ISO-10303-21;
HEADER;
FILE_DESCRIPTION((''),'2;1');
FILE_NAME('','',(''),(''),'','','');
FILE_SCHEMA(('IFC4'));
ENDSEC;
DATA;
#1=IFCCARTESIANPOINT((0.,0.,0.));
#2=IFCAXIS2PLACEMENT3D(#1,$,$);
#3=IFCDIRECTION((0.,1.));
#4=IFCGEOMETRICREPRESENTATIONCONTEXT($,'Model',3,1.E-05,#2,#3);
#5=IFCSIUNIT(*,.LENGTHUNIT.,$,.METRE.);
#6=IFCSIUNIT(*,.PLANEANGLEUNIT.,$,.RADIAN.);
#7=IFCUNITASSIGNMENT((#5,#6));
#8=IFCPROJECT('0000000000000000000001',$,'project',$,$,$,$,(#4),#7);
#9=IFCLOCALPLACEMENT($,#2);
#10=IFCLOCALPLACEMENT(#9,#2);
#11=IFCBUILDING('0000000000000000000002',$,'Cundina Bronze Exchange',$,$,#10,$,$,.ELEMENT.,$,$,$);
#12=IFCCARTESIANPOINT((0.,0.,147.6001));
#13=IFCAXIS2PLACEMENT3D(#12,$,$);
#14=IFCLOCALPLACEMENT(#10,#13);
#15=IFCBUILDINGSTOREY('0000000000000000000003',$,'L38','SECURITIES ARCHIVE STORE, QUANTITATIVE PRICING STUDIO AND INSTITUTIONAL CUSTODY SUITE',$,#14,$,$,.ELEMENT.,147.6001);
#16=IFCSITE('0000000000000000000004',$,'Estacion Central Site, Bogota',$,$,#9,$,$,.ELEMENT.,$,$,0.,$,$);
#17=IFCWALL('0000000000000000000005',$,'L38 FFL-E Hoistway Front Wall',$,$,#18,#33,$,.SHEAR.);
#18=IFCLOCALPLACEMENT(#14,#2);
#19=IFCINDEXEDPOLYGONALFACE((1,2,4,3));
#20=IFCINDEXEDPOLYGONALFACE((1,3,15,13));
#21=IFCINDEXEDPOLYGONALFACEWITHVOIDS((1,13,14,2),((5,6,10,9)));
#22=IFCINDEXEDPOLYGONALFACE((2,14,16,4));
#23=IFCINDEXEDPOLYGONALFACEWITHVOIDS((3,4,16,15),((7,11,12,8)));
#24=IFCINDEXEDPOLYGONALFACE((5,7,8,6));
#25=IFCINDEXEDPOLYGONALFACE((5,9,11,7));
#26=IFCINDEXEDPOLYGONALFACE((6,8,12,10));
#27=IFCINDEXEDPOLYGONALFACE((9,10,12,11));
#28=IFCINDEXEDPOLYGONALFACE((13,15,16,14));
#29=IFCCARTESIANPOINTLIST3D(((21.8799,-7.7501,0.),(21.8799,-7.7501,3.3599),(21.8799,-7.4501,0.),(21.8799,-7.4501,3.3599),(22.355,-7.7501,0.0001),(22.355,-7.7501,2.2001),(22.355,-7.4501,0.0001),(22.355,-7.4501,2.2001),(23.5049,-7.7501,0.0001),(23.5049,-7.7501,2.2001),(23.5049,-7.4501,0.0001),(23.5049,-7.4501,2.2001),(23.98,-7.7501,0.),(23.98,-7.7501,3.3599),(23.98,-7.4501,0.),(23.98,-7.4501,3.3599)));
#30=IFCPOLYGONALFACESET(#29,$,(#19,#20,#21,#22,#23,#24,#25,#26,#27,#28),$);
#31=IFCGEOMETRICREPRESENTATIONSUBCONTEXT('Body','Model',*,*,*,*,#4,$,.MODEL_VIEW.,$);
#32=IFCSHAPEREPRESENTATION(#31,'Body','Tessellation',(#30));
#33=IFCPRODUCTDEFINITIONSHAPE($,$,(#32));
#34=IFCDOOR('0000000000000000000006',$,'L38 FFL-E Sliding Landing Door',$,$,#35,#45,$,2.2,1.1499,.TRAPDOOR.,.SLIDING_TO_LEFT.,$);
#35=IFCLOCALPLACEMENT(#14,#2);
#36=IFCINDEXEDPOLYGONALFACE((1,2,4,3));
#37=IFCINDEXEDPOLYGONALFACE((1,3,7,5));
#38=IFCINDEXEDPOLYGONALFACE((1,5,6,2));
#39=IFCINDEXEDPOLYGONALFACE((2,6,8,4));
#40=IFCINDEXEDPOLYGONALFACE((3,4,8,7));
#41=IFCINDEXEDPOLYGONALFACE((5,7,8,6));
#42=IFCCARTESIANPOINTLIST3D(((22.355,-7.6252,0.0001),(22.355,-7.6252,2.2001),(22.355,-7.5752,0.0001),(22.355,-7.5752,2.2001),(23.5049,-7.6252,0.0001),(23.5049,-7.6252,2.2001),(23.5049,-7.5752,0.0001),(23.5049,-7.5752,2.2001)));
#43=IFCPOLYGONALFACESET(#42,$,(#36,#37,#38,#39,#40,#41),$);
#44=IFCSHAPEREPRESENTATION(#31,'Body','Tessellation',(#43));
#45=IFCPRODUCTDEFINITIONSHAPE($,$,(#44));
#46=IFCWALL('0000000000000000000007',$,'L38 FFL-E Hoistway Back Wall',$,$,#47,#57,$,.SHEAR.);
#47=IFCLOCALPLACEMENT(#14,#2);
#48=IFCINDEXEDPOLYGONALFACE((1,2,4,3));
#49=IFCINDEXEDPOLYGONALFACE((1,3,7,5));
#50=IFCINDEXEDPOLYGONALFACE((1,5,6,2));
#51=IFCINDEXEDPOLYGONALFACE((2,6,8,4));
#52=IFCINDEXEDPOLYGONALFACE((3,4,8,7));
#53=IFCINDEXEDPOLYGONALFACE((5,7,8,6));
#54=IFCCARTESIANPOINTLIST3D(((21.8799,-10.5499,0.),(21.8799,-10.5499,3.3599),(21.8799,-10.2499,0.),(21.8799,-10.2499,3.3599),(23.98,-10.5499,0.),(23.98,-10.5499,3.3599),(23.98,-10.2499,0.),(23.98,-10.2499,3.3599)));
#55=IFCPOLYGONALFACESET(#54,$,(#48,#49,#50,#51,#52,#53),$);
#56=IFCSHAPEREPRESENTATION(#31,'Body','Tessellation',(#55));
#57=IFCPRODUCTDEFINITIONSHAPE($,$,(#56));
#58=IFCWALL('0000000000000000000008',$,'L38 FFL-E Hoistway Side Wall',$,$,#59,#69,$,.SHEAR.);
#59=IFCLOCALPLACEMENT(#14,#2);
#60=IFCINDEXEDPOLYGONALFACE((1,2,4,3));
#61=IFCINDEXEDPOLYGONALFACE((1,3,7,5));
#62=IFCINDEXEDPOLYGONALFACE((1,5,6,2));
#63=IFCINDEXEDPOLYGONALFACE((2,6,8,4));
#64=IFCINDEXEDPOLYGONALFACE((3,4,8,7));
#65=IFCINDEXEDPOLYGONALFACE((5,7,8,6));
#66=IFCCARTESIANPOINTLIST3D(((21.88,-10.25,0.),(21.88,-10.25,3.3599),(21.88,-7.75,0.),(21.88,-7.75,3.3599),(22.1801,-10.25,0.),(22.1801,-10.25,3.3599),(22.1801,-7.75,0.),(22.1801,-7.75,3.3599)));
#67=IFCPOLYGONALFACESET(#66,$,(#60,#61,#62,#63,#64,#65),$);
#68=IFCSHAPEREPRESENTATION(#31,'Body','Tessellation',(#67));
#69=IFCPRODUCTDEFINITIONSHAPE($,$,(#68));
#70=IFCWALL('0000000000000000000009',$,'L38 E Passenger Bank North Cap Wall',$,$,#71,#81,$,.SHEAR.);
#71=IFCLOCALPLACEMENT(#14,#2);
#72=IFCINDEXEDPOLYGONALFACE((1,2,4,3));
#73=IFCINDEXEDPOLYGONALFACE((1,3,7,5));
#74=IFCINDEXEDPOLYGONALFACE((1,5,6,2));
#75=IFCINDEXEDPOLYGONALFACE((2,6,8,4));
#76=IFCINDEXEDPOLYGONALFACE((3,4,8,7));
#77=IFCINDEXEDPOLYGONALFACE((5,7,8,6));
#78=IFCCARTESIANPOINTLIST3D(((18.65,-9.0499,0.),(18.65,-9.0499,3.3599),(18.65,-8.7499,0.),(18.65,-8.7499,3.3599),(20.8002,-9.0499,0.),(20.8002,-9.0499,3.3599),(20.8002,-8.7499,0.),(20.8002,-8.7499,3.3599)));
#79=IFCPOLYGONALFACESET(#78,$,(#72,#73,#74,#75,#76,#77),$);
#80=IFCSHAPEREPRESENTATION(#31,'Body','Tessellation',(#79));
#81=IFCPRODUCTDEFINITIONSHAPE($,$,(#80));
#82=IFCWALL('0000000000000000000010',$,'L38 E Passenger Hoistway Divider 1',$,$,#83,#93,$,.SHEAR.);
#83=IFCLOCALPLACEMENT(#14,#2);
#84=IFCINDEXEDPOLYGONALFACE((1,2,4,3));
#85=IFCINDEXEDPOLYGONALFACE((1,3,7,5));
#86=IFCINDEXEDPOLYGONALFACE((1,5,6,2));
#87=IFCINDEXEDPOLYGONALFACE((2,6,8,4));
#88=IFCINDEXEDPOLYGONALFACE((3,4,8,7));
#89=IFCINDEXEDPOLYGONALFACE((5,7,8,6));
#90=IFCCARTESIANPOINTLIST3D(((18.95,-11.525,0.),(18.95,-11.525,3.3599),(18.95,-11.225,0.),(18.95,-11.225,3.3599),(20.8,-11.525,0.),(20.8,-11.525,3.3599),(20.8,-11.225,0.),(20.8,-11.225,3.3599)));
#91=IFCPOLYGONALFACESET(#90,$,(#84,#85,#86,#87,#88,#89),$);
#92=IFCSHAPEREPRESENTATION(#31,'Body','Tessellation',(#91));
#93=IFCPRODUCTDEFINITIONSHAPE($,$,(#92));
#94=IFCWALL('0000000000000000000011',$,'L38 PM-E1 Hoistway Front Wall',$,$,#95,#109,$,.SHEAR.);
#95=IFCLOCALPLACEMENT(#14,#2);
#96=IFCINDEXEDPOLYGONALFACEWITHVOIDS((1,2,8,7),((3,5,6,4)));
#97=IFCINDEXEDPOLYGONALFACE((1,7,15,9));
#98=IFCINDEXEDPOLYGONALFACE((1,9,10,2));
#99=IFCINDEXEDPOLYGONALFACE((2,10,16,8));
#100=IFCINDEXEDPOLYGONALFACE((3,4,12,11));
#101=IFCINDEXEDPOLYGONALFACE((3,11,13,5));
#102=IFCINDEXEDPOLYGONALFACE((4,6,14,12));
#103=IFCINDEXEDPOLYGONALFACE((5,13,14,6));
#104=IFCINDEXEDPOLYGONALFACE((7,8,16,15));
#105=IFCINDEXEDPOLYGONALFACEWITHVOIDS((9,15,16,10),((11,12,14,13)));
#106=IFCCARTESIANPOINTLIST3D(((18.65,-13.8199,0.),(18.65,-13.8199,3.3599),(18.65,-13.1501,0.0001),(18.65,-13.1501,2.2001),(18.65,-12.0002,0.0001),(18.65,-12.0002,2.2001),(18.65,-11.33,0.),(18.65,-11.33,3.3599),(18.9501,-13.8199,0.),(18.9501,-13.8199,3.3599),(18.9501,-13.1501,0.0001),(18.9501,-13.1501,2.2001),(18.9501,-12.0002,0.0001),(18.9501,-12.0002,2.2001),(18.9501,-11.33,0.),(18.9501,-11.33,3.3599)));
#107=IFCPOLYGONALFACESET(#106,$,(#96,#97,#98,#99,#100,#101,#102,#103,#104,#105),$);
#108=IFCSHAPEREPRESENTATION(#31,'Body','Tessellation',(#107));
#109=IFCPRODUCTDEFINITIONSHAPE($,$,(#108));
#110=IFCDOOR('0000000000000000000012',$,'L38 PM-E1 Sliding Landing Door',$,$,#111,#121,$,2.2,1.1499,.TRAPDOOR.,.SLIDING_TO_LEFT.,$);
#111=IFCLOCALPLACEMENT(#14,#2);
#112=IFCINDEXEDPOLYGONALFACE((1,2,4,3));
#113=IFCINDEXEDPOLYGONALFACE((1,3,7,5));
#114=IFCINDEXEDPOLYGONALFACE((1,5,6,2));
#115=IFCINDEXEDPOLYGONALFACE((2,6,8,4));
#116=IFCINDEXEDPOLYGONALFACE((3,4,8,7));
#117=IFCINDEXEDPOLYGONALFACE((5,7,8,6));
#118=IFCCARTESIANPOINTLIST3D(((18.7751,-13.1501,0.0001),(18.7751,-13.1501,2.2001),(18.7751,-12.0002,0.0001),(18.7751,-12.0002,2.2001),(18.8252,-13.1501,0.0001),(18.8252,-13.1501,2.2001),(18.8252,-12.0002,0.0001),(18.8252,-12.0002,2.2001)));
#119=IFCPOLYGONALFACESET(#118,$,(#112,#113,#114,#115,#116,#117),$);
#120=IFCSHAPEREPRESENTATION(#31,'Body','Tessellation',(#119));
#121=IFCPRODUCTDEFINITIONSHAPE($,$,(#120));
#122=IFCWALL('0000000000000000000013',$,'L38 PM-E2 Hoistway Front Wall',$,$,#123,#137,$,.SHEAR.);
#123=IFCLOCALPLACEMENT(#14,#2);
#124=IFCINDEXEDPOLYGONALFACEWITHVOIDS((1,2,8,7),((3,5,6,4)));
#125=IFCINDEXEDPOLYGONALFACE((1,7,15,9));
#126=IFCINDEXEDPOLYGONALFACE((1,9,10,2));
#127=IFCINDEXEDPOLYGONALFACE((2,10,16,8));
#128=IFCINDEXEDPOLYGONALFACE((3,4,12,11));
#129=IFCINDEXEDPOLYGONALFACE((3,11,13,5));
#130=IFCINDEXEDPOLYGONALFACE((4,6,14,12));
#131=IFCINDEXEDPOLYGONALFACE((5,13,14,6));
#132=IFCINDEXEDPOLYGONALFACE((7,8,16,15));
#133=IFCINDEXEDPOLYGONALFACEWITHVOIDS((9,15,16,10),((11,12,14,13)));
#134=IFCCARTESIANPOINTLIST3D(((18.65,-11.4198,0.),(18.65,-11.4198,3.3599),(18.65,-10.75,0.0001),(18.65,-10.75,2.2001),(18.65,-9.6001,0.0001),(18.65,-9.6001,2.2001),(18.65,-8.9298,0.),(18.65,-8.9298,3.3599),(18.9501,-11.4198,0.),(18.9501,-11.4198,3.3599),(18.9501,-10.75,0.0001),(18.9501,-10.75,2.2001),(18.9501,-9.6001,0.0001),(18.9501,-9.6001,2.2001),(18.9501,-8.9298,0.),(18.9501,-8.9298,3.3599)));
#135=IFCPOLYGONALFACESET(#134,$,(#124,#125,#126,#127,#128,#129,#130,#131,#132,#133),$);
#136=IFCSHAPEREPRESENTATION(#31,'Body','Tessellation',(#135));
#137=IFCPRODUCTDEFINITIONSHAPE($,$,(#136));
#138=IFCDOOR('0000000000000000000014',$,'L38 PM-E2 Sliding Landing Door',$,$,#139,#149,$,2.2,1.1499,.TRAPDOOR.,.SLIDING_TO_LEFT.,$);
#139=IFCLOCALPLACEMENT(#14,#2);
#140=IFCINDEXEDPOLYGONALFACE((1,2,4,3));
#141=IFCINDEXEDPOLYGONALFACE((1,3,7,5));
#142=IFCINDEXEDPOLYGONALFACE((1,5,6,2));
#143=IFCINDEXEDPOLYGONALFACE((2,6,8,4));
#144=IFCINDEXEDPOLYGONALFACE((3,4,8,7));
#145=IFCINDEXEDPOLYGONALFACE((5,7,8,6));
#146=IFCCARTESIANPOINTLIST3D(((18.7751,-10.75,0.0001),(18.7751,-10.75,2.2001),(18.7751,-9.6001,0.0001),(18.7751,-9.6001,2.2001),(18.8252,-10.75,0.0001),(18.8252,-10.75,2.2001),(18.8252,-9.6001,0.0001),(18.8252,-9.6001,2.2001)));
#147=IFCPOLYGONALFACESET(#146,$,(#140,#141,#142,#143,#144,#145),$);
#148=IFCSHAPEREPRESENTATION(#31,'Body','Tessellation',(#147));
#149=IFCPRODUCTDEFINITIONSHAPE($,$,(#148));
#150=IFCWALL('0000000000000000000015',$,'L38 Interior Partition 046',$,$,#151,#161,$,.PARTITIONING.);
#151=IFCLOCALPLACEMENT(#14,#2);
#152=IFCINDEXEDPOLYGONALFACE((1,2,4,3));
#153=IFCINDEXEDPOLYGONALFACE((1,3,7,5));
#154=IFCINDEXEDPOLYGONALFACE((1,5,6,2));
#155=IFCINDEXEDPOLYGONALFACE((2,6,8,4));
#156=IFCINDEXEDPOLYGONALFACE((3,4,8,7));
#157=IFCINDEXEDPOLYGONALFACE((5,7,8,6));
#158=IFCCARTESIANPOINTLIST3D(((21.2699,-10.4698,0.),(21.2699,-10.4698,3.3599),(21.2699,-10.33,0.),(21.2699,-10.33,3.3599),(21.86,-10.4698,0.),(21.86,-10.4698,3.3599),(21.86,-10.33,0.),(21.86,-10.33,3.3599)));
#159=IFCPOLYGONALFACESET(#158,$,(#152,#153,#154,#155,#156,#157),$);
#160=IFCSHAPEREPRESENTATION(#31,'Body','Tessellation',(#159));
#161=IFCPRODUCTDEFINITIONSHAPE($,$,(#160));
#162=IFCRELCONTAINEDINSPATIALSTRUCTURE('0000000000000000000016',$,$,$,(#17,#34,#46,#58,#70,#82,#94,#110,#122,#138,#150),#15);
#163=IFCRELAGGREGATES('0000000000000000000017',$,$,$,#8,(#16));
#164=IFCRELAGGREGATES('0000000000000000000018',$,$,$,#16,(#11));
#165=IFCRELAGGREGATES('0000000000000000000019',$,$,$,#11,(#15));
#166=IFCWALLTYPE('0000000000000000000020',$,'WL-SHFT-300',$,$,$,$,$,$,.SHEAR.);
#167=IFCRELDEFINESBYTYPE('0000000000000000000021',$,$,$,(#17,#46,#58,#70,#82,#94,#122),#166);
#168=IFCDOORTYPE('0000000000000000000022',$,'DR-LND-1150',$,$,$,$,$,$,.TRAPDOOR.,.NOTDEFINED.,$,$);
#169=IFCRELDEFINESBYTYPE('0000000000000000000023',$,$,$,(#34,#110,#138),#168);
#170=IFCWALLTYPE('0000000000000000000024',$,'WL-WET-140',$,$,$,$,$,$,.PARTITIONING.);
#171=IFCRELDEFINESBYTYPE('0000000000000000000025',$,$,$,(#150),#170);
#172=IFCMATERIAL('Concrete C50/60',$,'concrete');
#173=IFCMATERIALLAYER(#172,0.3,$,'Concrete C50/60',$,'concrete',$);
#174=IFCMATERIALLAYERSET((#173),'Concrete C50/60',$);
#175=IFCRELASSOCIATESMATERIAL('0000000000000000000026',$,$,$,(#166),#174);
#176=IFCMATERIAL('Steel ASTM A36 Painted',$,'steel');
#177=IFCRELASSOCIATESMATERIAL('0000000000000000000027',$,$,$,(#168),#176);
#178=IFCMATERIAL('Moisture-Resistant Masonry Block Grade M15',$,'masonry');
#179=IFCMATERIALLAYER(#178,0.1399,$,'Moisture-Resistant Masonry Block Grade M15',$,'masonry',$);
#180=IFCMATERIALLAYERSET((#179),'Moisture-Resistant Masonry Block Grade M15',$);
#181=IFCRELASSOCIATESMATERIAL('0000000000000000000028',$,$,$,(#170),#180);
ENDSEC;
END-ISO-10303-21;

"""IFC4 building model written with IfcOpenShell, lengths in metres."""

from ifc_helpers import new_model, si_unit, direction, frame, frame_2d, origin, place, context, subcontext, project, spatial, rectangle, extrude, material, layer, layer_set, type_object, element, fill, save


model = new_model("IFC4")

# Units and contexts
model_context = context("Model", 3, precision=1e-05, world=origin(), true_north=direction((0.0, 1.0)))
body_context = subcontext(model_context, "Body", "Model", "MODEL_VIEW")
ifc_project = project(units=[si_unit("LENGTHUNIT", "METRE"), si_unit("PLANEANGLEUNIT", "RADIAN")], contexts=[model_context])

# Site, building, storey
site_placement = place(None, origin())
site = spatial("IfcSite", under=ifc_project, at=site_placement, Name="Estacion Central Site, Bogota", CompositionType="ELEMENT", RefElevation=0.0)
building_placement = place(site_placement, origin())
building = spatial("IfcBuilding", under=site, at=building_placement, Name="Cundina Bronze Exchange", CompositionType="ELEMENT")
storey_placement = place(building_placement, frame((0.0, 0.0, 147.6001)))
storey = spatial("IfcBuildingStorey", under=building, at=storey_placement, Name="L38", Description="SECURITIES ARCHIVE STORE, QUANTITATIVE PRICING STUDIO AND INSTITUTIONAL CUSTODY SUITE", CompositionType="ELEMENT", Elevation=147.6001)

# Shared definitions
ifc_material_1 = material(Name="Concrete C50/60", Category="concrete")

# Shared definitions
ifc_layer_1 = layer(ifc_material_1, 0.3, Name="Concrete C50/60", Category="concrete")
ifc_layer_set_1 = layer_set([ifc_layer_1], Name="Concrete C50/60")
wall_type_1 = type_object("IfcWallType", Name="WL-SHFT-300", PredefinedType="SHEAR", material=ifc_layer_set_1)

# Wall, opening, door
ifc_material_2 = material(Name="Steel ASTM A36 Painted", Category="steel")
wall_1_placement = place(storey_placement, frame((21.8799, -7.6001, 0.0), z_axis=(0.0, 0.0, 1.0), x_axis=(1.0, 0.0, 0.0)))
wall_1 = element("IfcWall", 1, at=wall_1_placement, inside=storey, type_object=wall_type_1, Name="L38 FFL-E Hoistway Front Wall", PredefinedType="SHEAR", context=body_context, shape_type="SweptSolid", body=[
    extrude(rectangle(XDim=2.1001, YDim=0.3, at=frame_2d((1.05, 0.0))), origin(), (0.0, 0.0, 1.0), 3.3599),
])
opening_1_placement = place(wall_1_placement, frame((0.4751, 0.0, 0.0)))
opening_1 = element("IfcOpeningElement", 2, at=opening_1_placement, cuts=wall_1, PredefinedType="OPENING", context=body_context, shape_type="SweptSolid", body=[
    extrude(rectangle(XDim=1.1499, YDim=2.2, at=frame_2d((0.575, 1.1001))), frame((0.0, 0.1599, 0.0), z_axis=(0.0, -1.0, 0.0), x_axis=(1.0, 0.0, 0.0)), (0.0, 0.0, 1.0), 0.3201),
])
door_type_1 = type_object("IfcDoorType", Name="DR-LND-1150", OperationType="NOTDEFINED", PredefinedType="TRAPDOOR", material=ifc_material_2)
door_1_placement = place(opening_1_placement, origin())
door_1 = element("IfcDoor", 3, at=door_1_placement, inside=storey, type_object=door_type_1, Name="L38 FFL-E Sliding Landing Door", OperationType="SLIDING_TO_LEFT", OverallHeight=2.2, OverallWidth=1.1499, PredefinedType="TRAPDOOR", context=body_context, shape_type="SweptSolid", body=[
    extrude(rectangle(XDim=1.1499, YDim=2.2, at=frame_2d((0.575, 1.1001))), frame((0.0, 0.0249, 0.0), z_axis=(0.0, -1.0, 0.0), x_axis=(1.0, 0.0, 0.0)), (0.0, 0.0, 1.0), 0.05),
])
fill(opening_1, door_1)

# Walls
wall_2_placement = place(storey_placement, frame((21.8799, -10.3999, 0.0), z_axis=(0.0, 0.0, 1.0), x_axis=(1.0, 0.0, 0.0)))
element("IfcWall", 4, at=wall_2_placement, inside=storey, type_object=wall_type_1, Name="L38 FFL-E Hoistway Back Wall", PredefinedType="SHEAR", context=body_context, shape_type="SweptSolid", body=[
    extrude(rectangle(XDim=2.1001, YDim=0.3, at=frame_2d((1.05, 0.0))), origin(), (0.0, 0.0, 1.0), 3.3599),
])
wall_3_placement = place(storey_placement, frame((22.03, -10.25, 0.0), z_axis=(0.0, 0.0, 1.0), x_axis=(0.0, 1.0, 0.0)))
element("IfcWall", 5, at=wall_3_placement, inside=storey, type_object=wall_type_1, Name="L38 FFL-E Hoistway Side Wall", PredefinedType="SHEAR", context=body_context, shape_type="SweptSolid", body=[
    extrude(rectangle(XDim=2.5, YDim=0.3, at=frame_2d((1.25, 0.0))), origin(), (0.0, 0.0, 1.0), 3.3599),
])
wall_4_placement = place(storey_placement, frame((18.6499, -8.8999, 0.0), z_axis=(0.0, 0.0, 1.0), x_axis=(1.0, 0.0, 0.0)))
element("IfcWall", 6, at=wall_4_placement, inside=storey, type_object=wall_type_1, Name="L38 E Passenger Bank North Cap Wall", PredefinedType="SHEAR", context=body_context, shape_type="SweptSolid", body=[
    extrude(rectangle(XDim=2.1501, YDim=0.3, at=frame_2d((1.0752, 0.0))), origin(), (0.0, 0.0, 1.0), 3.3599),
])
wall_5_placement = place(storey_placement, frame((18.95, -11.375, 0.0), z_axis=(0.0, 0.0, 1.0), x_axis=(1.0, 0.0, 0.0)))
element("IfcWall", 7, at=wall_5_placement, inside=storey, type_object=wall_type_1, Name="L38 E Passenger Hoistway Divider 1", PredefinedType="SHEAR", context=body_context, shape_type="SweptSolid", body=[
    extrude(rectangle(XDim=1.8501, YDim=0.3, at=frame_2d((0.925, 0.0))), origin(), (0.0, 0.0, 1.0), 3.3599),
])

# Walls, openings, doors
wall_6_placement = place(storey_placement, frame((18.8, -13.8201, 0.0), z_axis=(0.0, 0.0, 1.0), x_axis=(0.0, 1.0, 0.0)))
wall_6 = element("IfcWall", 8, at=wall_6_placement, inside=storey, type_object=wall_type_1, Name="L38 PM-E1 Hoistway Front Wall", PredefinedType="SHEAR", context=body_context, shape_type="SweptSolid", body=[
    extrude(rectangle(XDim=2.49, YDim=0.3, at=frame_2d((1.2451, 0.0))), origin(), (0.0, 0.0, 1.0), 3.3599),
])
opening_2_placement = place(wall_6_placement, frame((0.6699, 0.0, 0.0)))
opening_2 = element("IfcOpeningElement", 9, at=opening_2_placement, cuts=wall_6, PredefinedType="OPENING", context=body_context, shape_type="SweptSolid", body=[
    extrude(rectangle(XDim=1.1499, YDim=2.2, at=frame_2d((0.575, 1.1001))), frame((0.0, 0.1599, 0.0), z_axis=(0.0, -1.0, 0.0), x_axis=(1.0, 0.0, 0.0)), (0.0, 0.0, 1.0), 0.3201),
])
door_2_placement = place(opening_2_placement, origin())
door_2 = element("IfcDoor", 10, at=door_2_placement, inside=storey, type_object=door_type_1, Name="L38 PM-E1 Sliding Landing Door", OperationType="SLIDING_TO_LEFT", OverallHeight=2.2, OverallWidth=1.1499, PredefinedType="TRAPDOOR", context=body_context, shape_type="SweptSolid", body=[
    extrude(rectangle(XDim=1.1499, YDim=2.2, at=frame_2d((0.575, 1.1001))), frame((0.0, 0.0249, 0.0), z_axis=(0.0, -1.0, 0.0), x_axis=(1.0, 0.0, 0.0)), (0.0, 0.0, 1.0), 0.05),
])
fill(opening_2, door_2)
wall_7_placement = place(storey_placement, frame((18.8, -11.4199, 0.0), z_axis=(0.0, 0.0, 1.0), x_axis=(0.0, 1.0, 0.0)))
wall_7 = element("IfcWall", 11, at=wall_7_placement, inside=storey, type_object=wall_type_1, Name="L38 PM-E2 Hoistway Front Wall", PredefinedType="SHEAR", context=body_context, shape_type="SweptSolid", body=[
    extrude(rectangle(XDim=2.49, YDim=0.3, at=frame_2d((1.2451, 0.0))), origin(), (0.0, 0.0, 1.0), 3.3599),
])
opening_3_placement = place(wall_7_placement, frame((0.6699, 0.0, 0.0)))
opening_3 = element("IfcOpeningElement", 12, at=opening_3_placement, cuts=wall_7, PredefinedType="OPENING", context=body_context, shape_type="SweptSolid", body=[
    extrude(rectangle(XDim=1.1499, YDim=2.2, at=frame_2d((0.575, 1.1001))), frame((0.0, 0.1599, 0.0), z_axis=(0.0, -1.0, 0.0), x_axis=(1.0, 0.0, 0.0)), (0.0, 0.0, 1.0), 0.3201),
])
door_3_placement = place(opening_3_placement, origin())
door_3 = element("IfcDoor", 13, at=door_3_placement, inside=storey, type_object=door_type_1, Name="L38 PM-E2 Sliding Landing Door", OperationType="SLIDING_TO_LEFT", OverallHeight=2.2, OverallWidth=1.1499, PredefinedType="TRAPDOOR", context=body_context, shape_type="SweptSolid", body=[
    extrude(rectangle(XDim=1.1499, YDim=2.2, at=frame_2d((0.575, 1.1001))), frame((0.0, 0.0249, 0.0), z_axis=(0.0, -1.0, 0.0), x_axis=(1.0, 0.0, 0.0)), (0.0, 0.0, 1.0), 0.05),
])
fill(opening_3, door_3)

# Wall
ifc_material_3 = material(Name="Moisture-Resistant Masonry Block Grade M15", Category="masonry")
ifc_layer_2 = layer(ifc_material_3, 0.1399, Name="Moisture-Resistant Masonry Block Grade M15", Category="masonry")
ifc_layer_set_2 = layer_set([ifc_layer_2], Name="Moisture-Resistant Masonry Block Grade M15")
wall_type_2 = type_object("IfcWallType", Name="WL-WET-140", PredefinedType="PARTITIONING", material=ifc_layer_set_2)
wall_8_placement = place(storey_placement, frame((21.27, -10.3999, 0.0), z_axis=(0.0, 0.0, 1.0), x_axis=(1.0, 0.0, 0.0)))
element("IfcWall", 14, at=wall_8_placement, inside=storey, type_object=wall_type_2, Name="L38 Interior Partition 046", PredefinedType="PARTITIONING", context=body_context, shape_type="SweptSolid", body=[
    extrude(rectangle(XDim=0.5901, YDim=0.1399, at=frame_2d((0.2949, 0.0))), origin(), (0.0, 0.0, 1.0), 3.3599),
])

save(model, "model.ifc")
